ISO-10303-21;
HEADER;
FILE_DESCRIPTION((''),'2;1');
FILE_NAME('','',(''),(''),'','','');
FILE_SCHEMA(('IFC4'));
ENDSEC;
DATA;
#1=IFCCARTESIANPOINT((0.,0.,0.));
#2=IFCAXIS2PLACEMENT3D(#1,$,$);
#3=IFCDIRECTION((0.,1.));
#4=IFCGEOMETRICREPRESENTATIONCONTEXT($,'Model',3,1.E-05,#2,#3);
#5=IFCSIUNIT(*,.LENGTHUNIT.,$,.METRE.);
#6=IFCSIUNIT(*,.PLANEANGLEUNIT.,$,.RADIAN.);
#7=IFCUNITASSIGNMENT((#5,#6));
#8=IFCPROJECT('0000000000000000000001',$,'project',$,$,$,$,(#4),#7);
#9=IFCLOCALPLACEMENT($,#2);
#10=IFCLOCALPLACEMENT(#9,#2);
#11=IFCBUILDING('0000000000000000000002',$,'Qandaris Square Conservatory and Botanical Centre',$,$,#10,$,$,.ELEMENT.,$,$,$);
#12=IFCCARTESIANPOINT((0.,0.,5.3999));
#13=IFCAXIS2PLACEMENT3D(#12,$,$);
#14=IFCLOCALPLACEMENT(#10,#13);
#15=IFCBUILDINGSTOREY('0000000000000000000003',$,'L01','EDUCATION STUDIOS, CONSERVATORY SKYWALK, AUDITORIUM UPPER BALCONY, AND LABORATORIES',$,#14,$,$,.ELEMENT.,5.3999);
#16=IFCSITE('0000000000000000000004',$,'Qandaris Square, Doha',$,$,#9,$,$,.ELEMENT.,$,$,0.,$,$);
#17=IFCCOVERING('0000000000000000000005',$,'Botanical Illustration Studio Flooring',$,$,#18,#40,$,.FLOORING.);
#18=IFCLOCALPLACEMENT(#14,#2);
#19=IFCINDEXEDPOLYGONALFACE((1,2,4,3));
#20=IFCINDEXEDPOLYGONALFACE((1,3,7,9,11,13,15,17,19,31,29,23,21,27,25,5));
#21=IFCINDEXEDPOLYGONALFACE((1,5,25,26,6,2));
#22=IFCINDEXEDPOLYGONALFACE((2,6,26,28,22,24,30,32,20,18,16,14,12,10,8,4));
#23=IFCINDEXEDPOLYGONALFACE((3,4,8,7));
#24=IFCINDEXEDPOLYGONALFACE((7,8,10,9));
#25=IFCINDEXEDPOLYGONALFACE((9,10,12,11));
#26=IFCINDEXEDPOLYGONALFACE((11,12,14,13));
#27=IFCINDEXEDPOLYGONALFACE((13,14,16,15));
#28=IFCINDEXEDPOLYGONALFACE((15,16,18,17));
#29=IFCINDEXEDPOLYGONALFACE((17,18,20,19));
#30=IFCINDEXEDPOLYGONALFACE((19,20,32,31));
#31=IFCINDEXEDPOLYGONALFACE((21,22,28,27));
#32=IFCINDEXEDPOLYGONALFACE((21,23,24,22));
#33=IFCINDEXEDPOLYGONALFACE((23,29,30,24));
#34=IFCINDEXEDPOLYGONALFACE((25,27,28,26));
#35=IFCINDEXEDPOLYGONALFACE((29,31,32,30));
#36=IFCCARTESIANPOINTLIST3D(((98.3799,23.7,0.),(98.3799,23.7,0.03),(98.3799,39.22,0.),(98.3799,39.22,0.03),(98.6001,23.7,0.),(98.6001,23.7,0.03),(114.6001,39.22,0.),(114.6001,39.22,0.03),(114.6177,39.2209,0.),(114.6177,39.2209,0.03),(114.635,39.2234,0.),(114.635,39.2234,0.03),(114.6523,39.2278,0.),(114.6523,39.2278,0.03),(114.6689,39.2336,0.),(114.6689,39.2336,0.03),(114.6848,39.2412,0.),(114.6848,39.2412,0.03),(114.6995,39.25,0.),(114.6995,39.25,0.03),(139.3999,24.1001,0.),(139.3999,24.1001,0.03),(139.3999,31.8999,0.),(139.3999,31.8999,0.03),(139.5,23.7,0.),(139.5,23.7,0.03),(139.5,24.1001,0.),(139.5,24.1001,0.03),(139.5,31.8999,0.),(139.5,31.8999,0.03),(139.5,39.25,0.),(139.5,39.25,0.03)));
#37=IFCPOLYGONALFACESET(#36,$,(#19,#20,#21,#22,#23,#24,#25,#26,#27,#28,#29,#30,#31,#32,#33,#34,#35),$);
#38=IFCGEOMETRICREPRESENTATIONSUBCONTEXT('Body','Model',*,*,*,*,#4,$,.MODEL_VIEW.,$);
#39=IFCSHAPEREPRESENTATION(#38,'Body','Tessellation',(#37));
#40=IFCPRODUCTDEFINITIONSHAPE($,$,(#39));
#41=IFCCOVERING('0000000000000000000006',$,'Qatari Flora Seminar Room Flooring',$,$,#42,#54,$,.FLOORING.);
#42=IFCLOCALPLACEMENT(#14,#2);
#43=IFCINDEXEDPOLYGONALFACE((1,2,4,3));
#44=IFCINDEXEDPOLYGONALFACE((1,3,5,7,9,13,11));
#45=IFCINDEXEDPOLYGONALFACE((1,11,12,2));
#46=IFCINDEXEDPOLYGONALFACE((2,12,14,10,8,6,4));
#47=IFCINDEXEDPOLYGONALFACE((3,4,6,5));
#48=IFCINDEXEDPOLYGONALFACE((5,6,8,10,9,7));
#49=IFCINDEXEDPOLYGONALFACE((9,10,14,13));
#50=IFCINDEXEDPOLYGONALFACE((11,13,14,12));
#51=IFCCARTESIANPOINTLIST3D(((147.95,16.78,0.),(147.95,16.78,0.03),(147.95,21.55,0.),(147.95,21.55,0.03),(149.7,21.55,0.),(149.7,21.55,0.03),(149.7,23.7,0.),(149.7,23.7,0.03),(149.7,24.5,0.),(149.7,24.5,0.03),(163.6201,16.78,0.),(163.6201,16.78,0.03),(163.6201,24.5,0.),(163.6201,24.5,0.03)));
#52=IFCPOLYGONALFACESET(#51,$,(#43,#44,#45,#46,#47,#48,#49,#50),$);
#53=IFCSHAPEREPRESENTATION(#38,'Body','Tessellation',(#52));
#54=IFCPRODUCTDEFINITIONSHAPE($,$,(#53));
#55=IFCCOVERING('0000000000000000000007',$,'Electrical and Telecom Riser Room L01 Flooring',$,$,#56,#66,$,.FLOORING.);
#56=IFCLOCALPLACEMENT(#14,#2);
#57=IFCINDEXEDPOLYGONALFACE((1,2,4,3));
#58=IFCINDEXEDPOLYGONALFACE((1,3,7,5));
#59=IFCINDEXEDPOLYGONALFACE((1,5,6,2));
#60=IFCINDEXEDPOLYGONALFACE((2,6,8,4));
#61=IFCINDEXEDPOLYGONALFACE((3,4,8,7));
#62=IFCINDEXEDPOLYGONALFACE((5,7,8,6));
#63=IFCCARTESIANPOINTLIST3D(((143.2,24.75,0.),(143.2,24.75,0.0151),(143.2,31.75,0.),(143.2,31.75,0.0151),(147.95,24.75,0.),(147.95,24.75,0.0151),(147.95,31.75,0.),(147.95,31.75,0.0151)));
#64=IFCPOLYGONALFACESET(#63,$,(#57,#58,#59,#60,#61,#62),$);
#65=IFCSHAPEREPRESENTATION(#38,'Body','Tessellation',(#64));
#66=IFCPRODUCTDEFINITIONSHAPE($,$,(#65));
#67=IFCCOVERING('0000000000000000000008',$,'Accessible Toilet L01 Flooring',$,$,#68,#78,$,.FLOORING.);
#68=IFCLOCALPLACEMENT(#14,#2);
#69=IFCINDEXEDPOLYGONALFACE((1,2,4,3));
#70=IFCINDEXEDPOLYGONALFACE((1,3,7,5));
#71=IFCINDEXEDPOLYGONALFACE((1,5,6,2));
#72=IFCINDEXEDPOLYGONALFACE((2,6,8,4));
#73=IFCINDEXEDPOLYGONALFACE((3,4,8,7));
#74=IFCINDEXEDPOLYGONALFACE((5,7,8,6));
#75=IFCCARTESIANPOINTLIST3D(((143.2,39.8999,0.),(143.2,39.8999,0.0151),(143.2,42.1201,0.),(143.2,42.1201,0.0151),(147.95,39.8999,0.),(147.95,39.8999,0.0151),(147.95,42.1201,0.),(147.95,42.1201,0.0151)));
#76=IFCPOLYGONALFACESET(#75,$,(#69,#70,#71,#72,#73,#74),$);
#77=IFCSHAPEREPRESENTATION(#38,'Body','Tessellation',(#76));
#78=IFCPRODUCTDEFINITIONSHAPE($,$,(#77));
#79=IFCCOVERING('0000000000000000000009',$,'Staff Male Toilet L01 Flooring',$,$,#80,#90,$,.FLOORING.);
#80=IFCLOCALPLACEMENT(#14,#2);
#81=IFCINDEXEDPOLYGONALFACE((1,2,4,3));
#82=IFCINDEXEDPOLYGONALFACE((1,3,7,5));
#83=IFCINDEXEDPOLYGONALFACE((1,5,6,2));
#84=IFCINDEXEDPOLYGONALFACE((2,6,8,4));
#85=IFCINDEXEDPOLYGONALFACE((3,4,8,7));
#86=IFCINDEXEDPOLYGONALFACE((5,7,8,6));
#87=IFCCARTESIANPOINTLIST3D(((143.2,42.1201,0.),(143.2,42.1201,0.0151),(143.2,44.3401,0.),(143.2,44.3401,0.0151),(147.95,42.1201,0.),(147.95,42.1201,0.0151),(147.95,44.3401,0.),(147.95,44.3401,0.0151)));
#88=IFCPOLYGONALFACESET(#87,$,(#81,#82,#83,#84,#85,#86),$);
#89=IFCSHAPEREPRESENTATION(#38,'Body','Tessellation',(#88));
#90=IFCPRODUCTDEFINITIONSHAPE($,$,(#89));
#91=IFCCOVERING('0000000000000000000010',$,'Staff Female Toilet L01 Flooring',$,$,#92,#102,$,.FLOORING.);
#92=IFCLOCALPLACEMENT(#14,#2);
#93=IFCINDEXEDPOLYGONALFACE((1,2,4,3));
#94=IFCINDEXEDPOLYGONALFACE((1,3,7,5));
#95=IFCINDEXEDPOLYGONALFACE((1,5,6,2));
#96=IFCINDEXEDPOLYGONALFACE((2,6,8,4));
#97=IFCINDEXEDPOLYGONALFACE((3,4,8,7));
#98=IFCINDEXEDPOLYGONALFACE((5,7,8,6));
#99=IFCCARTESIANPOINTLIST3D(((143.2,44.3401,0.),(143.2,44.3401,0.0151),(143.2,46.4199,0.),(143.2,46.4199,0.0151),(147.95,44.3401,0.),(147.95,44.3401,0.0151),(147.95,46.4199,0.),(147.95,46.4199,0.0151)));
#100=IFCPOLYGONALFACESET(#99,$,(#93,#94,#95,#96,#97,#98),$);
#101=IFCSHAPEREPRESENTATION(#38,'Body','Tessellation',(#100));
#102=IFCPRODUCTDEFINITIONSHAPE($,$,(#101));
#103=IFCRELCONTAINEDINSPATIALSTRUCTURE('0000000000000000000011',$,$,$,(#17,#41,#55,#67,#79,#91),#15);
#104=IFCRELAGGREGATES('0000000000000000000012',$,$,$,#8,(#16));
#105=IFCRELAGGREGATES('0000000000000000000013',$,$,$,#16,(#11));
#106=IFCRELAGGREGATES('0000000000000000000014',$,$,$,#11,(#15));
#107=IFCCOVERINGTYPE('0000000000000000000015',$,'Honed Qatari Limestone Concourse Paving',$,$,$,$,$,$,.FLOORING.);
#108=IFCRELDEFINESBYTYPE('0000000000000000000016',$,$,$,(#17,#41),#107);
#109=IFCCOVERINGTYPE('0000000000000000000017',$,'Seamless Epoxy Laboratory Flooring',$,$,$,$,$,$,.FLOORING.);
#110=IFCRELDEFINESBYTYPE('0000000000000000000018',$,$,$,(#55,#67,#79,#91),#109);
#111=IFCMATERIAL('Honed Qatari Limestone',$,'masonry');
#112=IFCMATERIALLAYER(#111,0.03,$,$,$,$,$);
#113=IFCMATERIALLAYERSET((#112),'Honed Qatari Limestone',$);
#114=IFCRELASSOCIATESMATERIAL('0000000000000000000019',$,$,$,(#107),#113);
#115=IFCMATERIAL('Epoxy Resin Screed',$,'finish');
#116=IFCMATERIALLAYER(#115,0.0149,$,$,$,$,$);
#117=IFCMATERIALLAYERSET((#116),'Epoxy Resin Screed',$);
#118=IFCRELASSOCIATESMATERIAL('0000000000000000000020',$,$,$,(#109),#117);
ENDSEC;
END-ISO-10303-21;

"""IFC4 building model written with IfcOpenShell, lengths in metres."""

from ifc_helpers import new_model, si_unit, direction, frame, origin, place, context, subcontext, project, spatial, polyline, outline, extrude, material, layer, layer_set, type_object, element, save


model = new_model("IFC4")

# Units and contexts
model_context = context("Model", 3, precision=1e-05, world=origin(), true_north=direction((0.0, 1.0)))
body_context = subcontext(model_context, "Body", "Model", "MODEL_VIEW")
ifc_project = project(units=[si_unit("LENGTHUNIT", "METRE"), si_unit("PLANEANGLEUNIT", "RADIAN")], contexts=[model_context])

# Site, building, storey
site_placement = place(None, origin())
site = spatial("IfcSite", under=ifc_project, at=site_placement, Name="Qandaris Square, Doha", CompositionType="ELEMENT", RefElevation=0.0)
building_placement = place(site_placement, origin())
building = spatial("IfcBuilding", under=site, at=building_placement, Name="Qandaris Square Conservatory and Botanical Centre", CompositionType="ELEMENT")
storey_placement = place(building_placement, frame((0.0, 0.0, 5.3999)))
storey = spatial("IfcBuildingStorey", under=building, at=storey_placement, Name="L01", Description="EDUCATION STUDIOS, CONSERVATORY SKYWALK, AUDITORIUM UPPER BALCONY, AND LABORATORIES", CompositionType="ELEMENT", Elevation=5.3999)

# Coverings
ifc_material_1 = material(Name="Honed Qatari Limestone", Category="masonry")
ifc_layer_1 = layer(ifc_material_1, 0.03)
ifc_layer_set_1 = layer_set([ifc_layer_1], Name="Honed Qatari Limestone")
covering_type_1 = type_object("IfcCoveringType", Name="Honed Qatari Limestone Concourse Paving", PredefinedType="FLOORING", material=ifc_layer_set_1)
covering_1_placement = place(storey_placement, origin())
element("IfcCovering", 1, at=covering_1_placement, inside=storey, type_object=covering_type_1, Name="Botanical Illustration Studio Flooring", PredefinedType="FLOORING", context=body_context, shape_type="SweptSolid", body=[
    extrude(outline(polyline([(114.635, 39.2234), (114.6523, 39.2278), (114.6689, 39.2336), (114.6848, 39.2412), (114.6995, 39.25), (139.5, 39.25), (139.5, 31.8999), (139.3999, 31.8999), (139.3999, 24.1001), (139.5, 24.1001), (139.5, 23.7), (98.6001, 23.7), (98.3799, 23.7), (98.3799, 39.22), (114.6001, 39.22), (114.6177, 39.2209), (114.635, 39.2234)])), origin(), (0.0, 0.0, 1.0), 0.03),
])
covering_2_placement = place(storey_placement, origin())
element("IfcCovering", 2, at=covering_2_placement, inside=storey, type_object=covering_type_1, Name="Qatari Flora Seminar Room Flooring", PredefinedType="FLOORING", context=body_context, shape_type="SweptSolid", body=[
    extrude(outline(polyline([(147.95, 21.55), (149.7, 21.55), (149.7, 23.7), (149.7, 24.5), (163.6201, 24.5), (163.6201, 16.78), (147.95, 16.78), (147.95, 21.55)])), origin(), (0.0, 0.0, 1.0), 0.03),
])
ifc_material_2 = material(Name="Epoxy Resin Screed", Category="finish")
ifc_layer_2 = layer(ifc_material_2, 0.0149)
ifc_layer_set_2 = layer_set([ifc_layer_2], Name="Epoxy Resin Screed")
covering_type_2 = type_object("IfcCoveringType", Name="Seamless Epoxy Laboratory Flooring", PredefinedType="FLOORING", material=ifc_layer_set_2)
covering_3_placement = place(storey_placement, origin())
element("IfcCovering", 3, at=covering_3_placement, inside=storey, type_object=covering_type_2, Name="Electrical and Telecom Riser Room L01 Flooring", PredefinedType="FLOORING", context=body_context, shape_type="SweptSolid", body=[
    extrude(outline(polyline([(147.95, 31.75), (147.95, 24.75), (143.2, 24.75), (143.2, 31.75), (147.95, 31.75)])), origin(), (0.0, 0.0, 1.0), 0.0151),
])
covering_4_placement = place(storey_placement, origin())
element("IfcCovering", 4, at=covering_4_placement, inside=storey, type_object=covering_type_2, Name="Accessible Toilet L01 Flooring", PredefinedType="FLOORING", context=body_context, shape_type="SweptSolid", body=[
    extrude(outline(polyline([(147.95, 42.1201), (147.95, 39.8999), (143.2, 39.8999), (143.2, 42.1201), (147.95, 42.1201)])), origin(), (0.0, 0.0, 1.0), 0.0151),
])
covering_5_placement = place(storey_placement, origin())
element("IfcCovering", 5, at=covering_5_placement, inside=storey, type_object=covering_type_2, Name="Staff Male Toilet L01 Flooring", PredefinedType="FLOORING", context=body_context, shape_type="SweptSolid", body=[
    extrude(outline(polyline([(147.95, 44.3401), (147.95, 42.1201), (143.2, 42.1201), (143.2, 44.3401), (147.95, 44.3401)])), origin(), (0.0, 0.0, 1.0), 0.0151),
])
covering_6_placement = place(storey_placement, origin())
element("IfcCovering", 6, at=covering_6_placement, inside=storey, type_object=covering_type_2, Name="Staff Female Toilet L01 Flooring", PredefinedType="FLOORING", context=body_context, shape_type="SweptSolid", body=[
    extrude(outline(polyline([(147.95, 46.4199), (147.95, 44.3401), (143.2, 44.3401), (143.2, 46.4199), (147.95, 46.4199)])), origin(), (0.0, 0.0, 1.0), 0.0151),
])

save(model, "model.ifc")
